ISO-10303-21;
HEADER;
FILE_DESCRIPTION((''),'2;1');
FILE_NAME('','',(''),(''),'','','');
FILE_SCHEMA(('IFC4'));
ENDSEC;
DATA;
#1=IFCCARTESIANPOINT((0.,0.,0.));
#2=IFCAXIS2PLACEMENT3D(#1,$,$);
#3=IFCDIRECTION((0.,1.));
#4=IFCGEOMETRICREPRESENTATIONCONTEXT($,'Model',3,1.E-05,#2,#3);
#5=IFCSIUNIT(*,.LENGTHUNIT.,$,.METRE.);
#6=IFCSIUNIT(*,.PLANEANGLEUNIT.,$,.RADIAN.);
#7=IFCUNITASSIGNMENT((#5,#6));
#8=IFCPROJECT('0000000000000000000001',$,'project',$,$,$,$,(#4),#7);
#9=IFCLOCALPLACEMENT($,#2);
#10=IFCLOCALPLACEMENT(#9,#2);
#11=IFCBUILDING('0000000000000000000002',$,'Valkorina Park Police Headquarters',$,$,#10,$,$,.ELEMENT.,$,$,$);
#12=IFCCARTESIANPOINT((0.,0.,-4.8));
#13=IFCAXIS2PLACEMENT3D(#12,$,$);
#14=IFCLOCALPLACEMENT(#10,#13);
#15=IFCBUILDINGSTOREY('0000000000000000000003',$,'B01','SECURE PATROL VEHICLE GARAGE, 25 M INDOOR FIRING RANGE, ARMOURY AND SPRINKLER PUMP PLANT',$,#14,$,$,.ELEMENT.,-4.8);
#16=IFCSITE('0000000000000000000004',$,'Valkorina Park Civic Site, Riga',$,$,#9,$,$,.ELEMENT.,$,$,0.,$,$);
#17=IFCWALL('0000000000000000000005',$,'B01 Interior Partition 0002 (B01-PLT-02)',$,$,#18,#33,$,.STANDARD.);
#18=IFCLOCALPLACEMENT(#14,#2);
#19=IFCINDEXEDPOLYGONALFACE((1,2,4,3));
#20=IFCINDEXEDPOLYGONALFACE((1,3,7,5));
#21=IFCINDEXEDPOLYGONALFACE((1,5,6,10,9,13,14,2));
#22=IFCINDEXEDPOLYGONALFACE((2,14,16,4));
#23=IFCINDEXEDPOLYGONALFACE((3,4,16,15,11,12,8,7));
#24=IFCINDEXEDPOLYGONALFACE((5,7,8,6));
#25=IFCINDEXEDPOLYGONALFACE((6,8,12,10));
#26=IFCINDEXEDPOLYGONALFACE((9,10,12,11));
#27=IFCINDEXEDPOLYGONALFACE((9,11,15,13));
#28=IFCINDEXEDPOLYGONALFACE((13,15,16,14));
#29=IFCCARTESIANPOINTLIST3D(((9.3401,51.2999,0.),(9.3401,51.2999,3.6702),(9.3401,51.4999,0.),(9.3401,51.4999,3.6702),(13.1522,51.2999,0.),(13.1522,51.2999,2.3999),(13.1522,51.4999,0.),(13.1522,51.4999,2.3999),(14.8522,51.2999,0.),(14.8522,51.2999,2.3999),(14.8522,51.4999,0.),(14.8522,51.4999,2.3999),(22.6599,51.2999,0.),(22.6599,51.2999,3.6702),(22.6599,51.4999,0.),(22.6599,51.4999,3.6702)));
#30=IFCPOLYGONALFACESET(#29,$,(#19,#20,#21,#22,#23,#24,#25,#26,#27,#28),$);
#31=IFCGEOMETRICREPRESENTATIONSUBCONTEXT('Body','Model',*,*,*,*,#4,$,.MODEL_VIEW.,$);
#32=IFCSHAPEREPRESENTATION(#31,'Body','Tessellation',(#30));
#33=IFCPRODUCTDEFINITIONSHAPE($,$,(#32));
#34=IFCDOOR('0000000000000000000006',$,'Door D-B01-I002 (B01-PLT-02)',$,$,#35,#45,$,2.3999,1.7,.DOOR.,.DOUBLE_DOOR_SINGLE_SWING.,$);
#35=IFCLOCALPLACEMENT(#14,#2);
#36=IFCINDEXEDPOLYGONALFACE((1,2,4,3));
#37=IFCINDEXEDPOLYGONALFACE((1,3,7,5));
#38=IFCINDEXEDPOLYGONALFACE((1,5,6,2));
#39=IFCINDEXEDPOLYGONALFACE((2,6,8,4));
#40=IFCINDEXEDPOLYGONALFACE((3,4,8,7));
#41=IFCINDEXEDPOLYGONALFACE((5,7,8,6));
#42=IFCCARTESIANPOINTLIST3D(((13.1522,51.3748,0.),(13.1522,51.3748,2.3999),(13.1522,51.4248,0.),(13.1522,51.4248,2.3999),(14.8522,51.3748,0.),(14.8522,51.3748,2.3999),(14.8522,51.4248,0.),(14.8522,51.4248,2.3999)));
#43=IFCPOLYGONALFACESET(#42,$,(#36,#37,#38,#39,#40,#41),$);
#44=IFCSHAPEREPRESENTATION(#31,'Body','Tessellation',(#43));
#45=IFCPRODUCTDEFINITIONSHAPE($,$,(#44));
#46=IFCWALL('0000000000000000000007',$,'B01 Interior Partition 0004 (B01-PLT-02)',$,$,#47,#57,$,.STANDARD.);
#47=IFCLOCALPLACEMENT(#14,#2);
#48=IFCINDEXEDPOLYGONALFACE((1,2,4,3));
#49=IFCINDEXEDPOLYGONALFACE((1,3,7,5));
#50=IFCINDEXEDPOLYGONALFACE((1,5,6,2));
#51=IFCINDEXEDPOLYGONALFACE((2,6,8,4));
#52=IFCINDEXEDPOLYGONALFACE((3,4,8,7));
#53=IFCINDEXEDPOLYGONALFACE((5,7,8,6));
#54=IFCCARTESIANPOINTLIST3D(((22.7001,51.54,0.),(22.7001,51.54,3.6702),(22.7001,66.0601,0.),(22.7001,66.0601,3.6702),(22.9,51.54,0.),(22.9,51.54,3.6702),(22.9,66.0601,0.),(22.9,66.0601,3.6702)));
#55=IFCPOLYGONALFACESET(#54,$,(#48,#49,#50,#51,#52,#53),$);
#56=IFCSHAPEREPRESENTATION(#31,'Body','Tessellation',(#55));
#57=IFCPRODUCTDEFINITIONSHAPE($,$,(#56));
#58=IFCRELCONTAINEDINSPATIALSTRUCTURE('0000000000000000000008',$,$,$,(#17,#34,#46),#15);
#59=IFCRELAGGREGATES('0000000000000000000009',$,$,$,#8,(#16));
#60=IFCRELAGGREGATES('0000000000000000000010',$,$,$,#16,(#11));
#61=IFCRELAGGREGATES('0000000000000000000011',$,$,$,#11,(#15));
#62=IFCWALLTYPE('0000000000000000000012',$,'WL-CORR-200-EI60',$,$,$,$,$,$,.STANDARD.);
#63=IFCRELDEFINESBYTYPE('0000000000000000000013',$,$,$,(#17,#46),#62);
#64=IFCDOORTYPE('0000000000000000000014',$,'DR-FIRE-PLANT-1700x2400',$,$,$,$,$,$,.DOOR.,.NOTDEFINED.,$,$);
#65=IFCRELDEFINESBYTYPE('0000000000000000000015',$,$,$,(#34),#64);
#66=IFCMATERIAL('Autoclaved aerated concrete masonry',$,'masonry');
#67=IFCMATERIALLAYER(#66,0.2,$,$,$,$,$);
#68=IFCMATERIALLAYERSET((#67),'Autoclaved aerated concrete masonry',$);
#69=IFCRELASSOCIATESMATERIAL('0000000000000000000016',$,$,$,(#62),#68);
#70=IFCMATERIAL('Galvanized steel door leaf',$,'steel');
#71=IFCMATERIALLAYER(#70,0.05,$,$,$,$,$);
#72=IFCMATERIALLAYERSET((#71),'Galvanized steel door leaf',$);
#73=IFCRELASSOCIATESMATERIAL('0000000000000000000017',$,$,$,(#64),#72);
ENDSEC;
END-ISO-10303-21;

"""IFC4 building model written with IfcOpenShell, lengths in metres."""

from ifc_helpers import new_model, si_unit, direction, frame, frame_2d, origin, place, context, subcontext, project, spatial, rectangle, extrude, material, layer, layer_set, type_object, element, fill, save


model = new_model("IFC4")

# Units and contexts
model_context = context("Model", 3, precision=1e-05, world=origin(), true_north=direction((0.0, 1.0)))
body_context = subcontext(model_context, "Body", "Model", "MODEL_VIEW")
ifc_project = project(units=[si_unit("LENGTHUNIT", "METRE"), si_unit("PLANEANGLEUNIT", "RADIAN")], contexts=[model_context])

# Site, building, storey
site_placement = place(None, origin())
site = spatial("IfcSite", under=ifc_project, at=site_placement, Name="Valkorina Park Civic Site, Riga", CompositionType="ELEMENT", RefElevation=0.0)
building_placement = place(site_placement, origin())
building = spatial("IfcBuilding", under=site, at=building_placement, Name="Valkorina Park Police Headquarters", CompositionType="ELEMENT")
storey_placement = place(building_placement, frame((0.0, 0.0, -4.8)))
storey = spatial("IfcBuildingStorey", under=building, at=storey_placement, Name="B01", Description="SECURE PATROL VEHICLE GARAGE, 25 M INDOOR FIRING RANGE, ARMOURY AND SPRINKLER PUMP PLANT", CompositionType="ELEMENT", Elevation=-4.8)

# Wall, opening, door
ifc_material_1 = material(Name="Autoclaved aerated concrete masonry", Category="masonry")
ifc_layer_1 = layer(ifc_material_1, 0.2)
ifc_layer_set_1 = layer_set([ifc_layer_1], Name="Autoclaved aerated concrete masonry")
wall_type = type_object("IfcWallType", Name="WL-CORR-200-EI60", PredefinedType="STANDARD", material=ifc_layer_set_1)
wall_1_placement = place(storey_placement, frame((9.3401, 51.3999, 0.0), z_axis=(0.0, 0.0, 1.0), x_axis=(1.0, 0.0, 0.0)))
wall_1 = element("IfcWall", 1, at=wall_1_placement, inside=storey, type_object=wall_type, Name="B01 Interior Partition 0002 (B01-PLT-02)", PredefinedType="STANDARD", context=body_context, shape_type="SweptSolid", body=[
    extrude(rectangle(XDim=13.3198, YDim=0.2, at=frame_2d((6.6599, 0.0))), origin(), (0.0, 0.0, 1.0), 3.6702),
])
opening_placement = place(wall_1_placement, frame((3.812, 0.0, 0.0)))
opening = element("IfcOpeningElement", 2, at=opening_placement, cuts=wall_1, PredefinedType="OPENING", context=body_context, shape_type="SweptSolid", body=[
    extrude(rectangle(XDim=1.7, YDim=2.3999, at=frame_2d((0.8501, 1.2))), frame((0.0, 0.1099, 0.0), z_axis=(0.0, -1.0, 0.0), x_axis=(1.0, 0.0, 0.0)), (0.0, 0.0, 1.0), 0.22),
])
ifc_material_2 = material(Name="Galvanized steel door leaf", Category="steel")
ifc_layer_2 = layer(ifc_material_2, 0.05)
ifc_layer_set_2 = layer_set([ifc_layer_2], Name="Galvanized steel door leaf")
door_type = type_object("IfcDoorType", Name="DR-FIRE-PLANT-1700x2400", OperationType="NOTDEFINED", PredefinedType="DOOR", material=ifc_layer_set_2)
door_placement = place(opening_placement, origin())
door = element("IfcDoor", 3, at=door_placement, inside=storey, type_object=door_type, Name="Door D-B01-I002 (B01-PLT-02)", OperationType="DOUBLE_DOOR_SINGLE_SWING", OverallHeight=2.3999, OverallWidth=1.7, PredefinedType="DOOR", context=body_context, shape_type="SweptSolid", body=[
    extrude(rectangle(XDim=1.7, YDim=2.3999, at=frame_2d((0.8501, 1.2))), frame((0.0, 0.0249, 0.0), z_axis=(0.0, -1.0, 0.0), x_axis=(1.0, 0.0, 0.0)), (0.0, 0.0, 1.0), 0.05),
])
fill(opening, door)

# Wall
wall_2_placement = place(storey_placement, frame((22.8, 51.54, 0.0), z_axis=(0.0, 0.0, 1.0), x_axis=(0.0, 1.0, 0.0)))
element("IfcWall", 4, at=wall_2_placement, inside=storey, type_object=wall_type, Name="B01 Interior Partition 0004 (B01-PLT-02)", PredefinedType="STANDARD", context=body_context, shape_type="SweptSolid", body=[
    extrude(rectangle(XDim=14.52, YDim=0.2, at=frame_2d((7.26, 0.0))), origin(), (0.0, 0.0, 1.0), 3.6702),
])

save(model, "model.ifc")
